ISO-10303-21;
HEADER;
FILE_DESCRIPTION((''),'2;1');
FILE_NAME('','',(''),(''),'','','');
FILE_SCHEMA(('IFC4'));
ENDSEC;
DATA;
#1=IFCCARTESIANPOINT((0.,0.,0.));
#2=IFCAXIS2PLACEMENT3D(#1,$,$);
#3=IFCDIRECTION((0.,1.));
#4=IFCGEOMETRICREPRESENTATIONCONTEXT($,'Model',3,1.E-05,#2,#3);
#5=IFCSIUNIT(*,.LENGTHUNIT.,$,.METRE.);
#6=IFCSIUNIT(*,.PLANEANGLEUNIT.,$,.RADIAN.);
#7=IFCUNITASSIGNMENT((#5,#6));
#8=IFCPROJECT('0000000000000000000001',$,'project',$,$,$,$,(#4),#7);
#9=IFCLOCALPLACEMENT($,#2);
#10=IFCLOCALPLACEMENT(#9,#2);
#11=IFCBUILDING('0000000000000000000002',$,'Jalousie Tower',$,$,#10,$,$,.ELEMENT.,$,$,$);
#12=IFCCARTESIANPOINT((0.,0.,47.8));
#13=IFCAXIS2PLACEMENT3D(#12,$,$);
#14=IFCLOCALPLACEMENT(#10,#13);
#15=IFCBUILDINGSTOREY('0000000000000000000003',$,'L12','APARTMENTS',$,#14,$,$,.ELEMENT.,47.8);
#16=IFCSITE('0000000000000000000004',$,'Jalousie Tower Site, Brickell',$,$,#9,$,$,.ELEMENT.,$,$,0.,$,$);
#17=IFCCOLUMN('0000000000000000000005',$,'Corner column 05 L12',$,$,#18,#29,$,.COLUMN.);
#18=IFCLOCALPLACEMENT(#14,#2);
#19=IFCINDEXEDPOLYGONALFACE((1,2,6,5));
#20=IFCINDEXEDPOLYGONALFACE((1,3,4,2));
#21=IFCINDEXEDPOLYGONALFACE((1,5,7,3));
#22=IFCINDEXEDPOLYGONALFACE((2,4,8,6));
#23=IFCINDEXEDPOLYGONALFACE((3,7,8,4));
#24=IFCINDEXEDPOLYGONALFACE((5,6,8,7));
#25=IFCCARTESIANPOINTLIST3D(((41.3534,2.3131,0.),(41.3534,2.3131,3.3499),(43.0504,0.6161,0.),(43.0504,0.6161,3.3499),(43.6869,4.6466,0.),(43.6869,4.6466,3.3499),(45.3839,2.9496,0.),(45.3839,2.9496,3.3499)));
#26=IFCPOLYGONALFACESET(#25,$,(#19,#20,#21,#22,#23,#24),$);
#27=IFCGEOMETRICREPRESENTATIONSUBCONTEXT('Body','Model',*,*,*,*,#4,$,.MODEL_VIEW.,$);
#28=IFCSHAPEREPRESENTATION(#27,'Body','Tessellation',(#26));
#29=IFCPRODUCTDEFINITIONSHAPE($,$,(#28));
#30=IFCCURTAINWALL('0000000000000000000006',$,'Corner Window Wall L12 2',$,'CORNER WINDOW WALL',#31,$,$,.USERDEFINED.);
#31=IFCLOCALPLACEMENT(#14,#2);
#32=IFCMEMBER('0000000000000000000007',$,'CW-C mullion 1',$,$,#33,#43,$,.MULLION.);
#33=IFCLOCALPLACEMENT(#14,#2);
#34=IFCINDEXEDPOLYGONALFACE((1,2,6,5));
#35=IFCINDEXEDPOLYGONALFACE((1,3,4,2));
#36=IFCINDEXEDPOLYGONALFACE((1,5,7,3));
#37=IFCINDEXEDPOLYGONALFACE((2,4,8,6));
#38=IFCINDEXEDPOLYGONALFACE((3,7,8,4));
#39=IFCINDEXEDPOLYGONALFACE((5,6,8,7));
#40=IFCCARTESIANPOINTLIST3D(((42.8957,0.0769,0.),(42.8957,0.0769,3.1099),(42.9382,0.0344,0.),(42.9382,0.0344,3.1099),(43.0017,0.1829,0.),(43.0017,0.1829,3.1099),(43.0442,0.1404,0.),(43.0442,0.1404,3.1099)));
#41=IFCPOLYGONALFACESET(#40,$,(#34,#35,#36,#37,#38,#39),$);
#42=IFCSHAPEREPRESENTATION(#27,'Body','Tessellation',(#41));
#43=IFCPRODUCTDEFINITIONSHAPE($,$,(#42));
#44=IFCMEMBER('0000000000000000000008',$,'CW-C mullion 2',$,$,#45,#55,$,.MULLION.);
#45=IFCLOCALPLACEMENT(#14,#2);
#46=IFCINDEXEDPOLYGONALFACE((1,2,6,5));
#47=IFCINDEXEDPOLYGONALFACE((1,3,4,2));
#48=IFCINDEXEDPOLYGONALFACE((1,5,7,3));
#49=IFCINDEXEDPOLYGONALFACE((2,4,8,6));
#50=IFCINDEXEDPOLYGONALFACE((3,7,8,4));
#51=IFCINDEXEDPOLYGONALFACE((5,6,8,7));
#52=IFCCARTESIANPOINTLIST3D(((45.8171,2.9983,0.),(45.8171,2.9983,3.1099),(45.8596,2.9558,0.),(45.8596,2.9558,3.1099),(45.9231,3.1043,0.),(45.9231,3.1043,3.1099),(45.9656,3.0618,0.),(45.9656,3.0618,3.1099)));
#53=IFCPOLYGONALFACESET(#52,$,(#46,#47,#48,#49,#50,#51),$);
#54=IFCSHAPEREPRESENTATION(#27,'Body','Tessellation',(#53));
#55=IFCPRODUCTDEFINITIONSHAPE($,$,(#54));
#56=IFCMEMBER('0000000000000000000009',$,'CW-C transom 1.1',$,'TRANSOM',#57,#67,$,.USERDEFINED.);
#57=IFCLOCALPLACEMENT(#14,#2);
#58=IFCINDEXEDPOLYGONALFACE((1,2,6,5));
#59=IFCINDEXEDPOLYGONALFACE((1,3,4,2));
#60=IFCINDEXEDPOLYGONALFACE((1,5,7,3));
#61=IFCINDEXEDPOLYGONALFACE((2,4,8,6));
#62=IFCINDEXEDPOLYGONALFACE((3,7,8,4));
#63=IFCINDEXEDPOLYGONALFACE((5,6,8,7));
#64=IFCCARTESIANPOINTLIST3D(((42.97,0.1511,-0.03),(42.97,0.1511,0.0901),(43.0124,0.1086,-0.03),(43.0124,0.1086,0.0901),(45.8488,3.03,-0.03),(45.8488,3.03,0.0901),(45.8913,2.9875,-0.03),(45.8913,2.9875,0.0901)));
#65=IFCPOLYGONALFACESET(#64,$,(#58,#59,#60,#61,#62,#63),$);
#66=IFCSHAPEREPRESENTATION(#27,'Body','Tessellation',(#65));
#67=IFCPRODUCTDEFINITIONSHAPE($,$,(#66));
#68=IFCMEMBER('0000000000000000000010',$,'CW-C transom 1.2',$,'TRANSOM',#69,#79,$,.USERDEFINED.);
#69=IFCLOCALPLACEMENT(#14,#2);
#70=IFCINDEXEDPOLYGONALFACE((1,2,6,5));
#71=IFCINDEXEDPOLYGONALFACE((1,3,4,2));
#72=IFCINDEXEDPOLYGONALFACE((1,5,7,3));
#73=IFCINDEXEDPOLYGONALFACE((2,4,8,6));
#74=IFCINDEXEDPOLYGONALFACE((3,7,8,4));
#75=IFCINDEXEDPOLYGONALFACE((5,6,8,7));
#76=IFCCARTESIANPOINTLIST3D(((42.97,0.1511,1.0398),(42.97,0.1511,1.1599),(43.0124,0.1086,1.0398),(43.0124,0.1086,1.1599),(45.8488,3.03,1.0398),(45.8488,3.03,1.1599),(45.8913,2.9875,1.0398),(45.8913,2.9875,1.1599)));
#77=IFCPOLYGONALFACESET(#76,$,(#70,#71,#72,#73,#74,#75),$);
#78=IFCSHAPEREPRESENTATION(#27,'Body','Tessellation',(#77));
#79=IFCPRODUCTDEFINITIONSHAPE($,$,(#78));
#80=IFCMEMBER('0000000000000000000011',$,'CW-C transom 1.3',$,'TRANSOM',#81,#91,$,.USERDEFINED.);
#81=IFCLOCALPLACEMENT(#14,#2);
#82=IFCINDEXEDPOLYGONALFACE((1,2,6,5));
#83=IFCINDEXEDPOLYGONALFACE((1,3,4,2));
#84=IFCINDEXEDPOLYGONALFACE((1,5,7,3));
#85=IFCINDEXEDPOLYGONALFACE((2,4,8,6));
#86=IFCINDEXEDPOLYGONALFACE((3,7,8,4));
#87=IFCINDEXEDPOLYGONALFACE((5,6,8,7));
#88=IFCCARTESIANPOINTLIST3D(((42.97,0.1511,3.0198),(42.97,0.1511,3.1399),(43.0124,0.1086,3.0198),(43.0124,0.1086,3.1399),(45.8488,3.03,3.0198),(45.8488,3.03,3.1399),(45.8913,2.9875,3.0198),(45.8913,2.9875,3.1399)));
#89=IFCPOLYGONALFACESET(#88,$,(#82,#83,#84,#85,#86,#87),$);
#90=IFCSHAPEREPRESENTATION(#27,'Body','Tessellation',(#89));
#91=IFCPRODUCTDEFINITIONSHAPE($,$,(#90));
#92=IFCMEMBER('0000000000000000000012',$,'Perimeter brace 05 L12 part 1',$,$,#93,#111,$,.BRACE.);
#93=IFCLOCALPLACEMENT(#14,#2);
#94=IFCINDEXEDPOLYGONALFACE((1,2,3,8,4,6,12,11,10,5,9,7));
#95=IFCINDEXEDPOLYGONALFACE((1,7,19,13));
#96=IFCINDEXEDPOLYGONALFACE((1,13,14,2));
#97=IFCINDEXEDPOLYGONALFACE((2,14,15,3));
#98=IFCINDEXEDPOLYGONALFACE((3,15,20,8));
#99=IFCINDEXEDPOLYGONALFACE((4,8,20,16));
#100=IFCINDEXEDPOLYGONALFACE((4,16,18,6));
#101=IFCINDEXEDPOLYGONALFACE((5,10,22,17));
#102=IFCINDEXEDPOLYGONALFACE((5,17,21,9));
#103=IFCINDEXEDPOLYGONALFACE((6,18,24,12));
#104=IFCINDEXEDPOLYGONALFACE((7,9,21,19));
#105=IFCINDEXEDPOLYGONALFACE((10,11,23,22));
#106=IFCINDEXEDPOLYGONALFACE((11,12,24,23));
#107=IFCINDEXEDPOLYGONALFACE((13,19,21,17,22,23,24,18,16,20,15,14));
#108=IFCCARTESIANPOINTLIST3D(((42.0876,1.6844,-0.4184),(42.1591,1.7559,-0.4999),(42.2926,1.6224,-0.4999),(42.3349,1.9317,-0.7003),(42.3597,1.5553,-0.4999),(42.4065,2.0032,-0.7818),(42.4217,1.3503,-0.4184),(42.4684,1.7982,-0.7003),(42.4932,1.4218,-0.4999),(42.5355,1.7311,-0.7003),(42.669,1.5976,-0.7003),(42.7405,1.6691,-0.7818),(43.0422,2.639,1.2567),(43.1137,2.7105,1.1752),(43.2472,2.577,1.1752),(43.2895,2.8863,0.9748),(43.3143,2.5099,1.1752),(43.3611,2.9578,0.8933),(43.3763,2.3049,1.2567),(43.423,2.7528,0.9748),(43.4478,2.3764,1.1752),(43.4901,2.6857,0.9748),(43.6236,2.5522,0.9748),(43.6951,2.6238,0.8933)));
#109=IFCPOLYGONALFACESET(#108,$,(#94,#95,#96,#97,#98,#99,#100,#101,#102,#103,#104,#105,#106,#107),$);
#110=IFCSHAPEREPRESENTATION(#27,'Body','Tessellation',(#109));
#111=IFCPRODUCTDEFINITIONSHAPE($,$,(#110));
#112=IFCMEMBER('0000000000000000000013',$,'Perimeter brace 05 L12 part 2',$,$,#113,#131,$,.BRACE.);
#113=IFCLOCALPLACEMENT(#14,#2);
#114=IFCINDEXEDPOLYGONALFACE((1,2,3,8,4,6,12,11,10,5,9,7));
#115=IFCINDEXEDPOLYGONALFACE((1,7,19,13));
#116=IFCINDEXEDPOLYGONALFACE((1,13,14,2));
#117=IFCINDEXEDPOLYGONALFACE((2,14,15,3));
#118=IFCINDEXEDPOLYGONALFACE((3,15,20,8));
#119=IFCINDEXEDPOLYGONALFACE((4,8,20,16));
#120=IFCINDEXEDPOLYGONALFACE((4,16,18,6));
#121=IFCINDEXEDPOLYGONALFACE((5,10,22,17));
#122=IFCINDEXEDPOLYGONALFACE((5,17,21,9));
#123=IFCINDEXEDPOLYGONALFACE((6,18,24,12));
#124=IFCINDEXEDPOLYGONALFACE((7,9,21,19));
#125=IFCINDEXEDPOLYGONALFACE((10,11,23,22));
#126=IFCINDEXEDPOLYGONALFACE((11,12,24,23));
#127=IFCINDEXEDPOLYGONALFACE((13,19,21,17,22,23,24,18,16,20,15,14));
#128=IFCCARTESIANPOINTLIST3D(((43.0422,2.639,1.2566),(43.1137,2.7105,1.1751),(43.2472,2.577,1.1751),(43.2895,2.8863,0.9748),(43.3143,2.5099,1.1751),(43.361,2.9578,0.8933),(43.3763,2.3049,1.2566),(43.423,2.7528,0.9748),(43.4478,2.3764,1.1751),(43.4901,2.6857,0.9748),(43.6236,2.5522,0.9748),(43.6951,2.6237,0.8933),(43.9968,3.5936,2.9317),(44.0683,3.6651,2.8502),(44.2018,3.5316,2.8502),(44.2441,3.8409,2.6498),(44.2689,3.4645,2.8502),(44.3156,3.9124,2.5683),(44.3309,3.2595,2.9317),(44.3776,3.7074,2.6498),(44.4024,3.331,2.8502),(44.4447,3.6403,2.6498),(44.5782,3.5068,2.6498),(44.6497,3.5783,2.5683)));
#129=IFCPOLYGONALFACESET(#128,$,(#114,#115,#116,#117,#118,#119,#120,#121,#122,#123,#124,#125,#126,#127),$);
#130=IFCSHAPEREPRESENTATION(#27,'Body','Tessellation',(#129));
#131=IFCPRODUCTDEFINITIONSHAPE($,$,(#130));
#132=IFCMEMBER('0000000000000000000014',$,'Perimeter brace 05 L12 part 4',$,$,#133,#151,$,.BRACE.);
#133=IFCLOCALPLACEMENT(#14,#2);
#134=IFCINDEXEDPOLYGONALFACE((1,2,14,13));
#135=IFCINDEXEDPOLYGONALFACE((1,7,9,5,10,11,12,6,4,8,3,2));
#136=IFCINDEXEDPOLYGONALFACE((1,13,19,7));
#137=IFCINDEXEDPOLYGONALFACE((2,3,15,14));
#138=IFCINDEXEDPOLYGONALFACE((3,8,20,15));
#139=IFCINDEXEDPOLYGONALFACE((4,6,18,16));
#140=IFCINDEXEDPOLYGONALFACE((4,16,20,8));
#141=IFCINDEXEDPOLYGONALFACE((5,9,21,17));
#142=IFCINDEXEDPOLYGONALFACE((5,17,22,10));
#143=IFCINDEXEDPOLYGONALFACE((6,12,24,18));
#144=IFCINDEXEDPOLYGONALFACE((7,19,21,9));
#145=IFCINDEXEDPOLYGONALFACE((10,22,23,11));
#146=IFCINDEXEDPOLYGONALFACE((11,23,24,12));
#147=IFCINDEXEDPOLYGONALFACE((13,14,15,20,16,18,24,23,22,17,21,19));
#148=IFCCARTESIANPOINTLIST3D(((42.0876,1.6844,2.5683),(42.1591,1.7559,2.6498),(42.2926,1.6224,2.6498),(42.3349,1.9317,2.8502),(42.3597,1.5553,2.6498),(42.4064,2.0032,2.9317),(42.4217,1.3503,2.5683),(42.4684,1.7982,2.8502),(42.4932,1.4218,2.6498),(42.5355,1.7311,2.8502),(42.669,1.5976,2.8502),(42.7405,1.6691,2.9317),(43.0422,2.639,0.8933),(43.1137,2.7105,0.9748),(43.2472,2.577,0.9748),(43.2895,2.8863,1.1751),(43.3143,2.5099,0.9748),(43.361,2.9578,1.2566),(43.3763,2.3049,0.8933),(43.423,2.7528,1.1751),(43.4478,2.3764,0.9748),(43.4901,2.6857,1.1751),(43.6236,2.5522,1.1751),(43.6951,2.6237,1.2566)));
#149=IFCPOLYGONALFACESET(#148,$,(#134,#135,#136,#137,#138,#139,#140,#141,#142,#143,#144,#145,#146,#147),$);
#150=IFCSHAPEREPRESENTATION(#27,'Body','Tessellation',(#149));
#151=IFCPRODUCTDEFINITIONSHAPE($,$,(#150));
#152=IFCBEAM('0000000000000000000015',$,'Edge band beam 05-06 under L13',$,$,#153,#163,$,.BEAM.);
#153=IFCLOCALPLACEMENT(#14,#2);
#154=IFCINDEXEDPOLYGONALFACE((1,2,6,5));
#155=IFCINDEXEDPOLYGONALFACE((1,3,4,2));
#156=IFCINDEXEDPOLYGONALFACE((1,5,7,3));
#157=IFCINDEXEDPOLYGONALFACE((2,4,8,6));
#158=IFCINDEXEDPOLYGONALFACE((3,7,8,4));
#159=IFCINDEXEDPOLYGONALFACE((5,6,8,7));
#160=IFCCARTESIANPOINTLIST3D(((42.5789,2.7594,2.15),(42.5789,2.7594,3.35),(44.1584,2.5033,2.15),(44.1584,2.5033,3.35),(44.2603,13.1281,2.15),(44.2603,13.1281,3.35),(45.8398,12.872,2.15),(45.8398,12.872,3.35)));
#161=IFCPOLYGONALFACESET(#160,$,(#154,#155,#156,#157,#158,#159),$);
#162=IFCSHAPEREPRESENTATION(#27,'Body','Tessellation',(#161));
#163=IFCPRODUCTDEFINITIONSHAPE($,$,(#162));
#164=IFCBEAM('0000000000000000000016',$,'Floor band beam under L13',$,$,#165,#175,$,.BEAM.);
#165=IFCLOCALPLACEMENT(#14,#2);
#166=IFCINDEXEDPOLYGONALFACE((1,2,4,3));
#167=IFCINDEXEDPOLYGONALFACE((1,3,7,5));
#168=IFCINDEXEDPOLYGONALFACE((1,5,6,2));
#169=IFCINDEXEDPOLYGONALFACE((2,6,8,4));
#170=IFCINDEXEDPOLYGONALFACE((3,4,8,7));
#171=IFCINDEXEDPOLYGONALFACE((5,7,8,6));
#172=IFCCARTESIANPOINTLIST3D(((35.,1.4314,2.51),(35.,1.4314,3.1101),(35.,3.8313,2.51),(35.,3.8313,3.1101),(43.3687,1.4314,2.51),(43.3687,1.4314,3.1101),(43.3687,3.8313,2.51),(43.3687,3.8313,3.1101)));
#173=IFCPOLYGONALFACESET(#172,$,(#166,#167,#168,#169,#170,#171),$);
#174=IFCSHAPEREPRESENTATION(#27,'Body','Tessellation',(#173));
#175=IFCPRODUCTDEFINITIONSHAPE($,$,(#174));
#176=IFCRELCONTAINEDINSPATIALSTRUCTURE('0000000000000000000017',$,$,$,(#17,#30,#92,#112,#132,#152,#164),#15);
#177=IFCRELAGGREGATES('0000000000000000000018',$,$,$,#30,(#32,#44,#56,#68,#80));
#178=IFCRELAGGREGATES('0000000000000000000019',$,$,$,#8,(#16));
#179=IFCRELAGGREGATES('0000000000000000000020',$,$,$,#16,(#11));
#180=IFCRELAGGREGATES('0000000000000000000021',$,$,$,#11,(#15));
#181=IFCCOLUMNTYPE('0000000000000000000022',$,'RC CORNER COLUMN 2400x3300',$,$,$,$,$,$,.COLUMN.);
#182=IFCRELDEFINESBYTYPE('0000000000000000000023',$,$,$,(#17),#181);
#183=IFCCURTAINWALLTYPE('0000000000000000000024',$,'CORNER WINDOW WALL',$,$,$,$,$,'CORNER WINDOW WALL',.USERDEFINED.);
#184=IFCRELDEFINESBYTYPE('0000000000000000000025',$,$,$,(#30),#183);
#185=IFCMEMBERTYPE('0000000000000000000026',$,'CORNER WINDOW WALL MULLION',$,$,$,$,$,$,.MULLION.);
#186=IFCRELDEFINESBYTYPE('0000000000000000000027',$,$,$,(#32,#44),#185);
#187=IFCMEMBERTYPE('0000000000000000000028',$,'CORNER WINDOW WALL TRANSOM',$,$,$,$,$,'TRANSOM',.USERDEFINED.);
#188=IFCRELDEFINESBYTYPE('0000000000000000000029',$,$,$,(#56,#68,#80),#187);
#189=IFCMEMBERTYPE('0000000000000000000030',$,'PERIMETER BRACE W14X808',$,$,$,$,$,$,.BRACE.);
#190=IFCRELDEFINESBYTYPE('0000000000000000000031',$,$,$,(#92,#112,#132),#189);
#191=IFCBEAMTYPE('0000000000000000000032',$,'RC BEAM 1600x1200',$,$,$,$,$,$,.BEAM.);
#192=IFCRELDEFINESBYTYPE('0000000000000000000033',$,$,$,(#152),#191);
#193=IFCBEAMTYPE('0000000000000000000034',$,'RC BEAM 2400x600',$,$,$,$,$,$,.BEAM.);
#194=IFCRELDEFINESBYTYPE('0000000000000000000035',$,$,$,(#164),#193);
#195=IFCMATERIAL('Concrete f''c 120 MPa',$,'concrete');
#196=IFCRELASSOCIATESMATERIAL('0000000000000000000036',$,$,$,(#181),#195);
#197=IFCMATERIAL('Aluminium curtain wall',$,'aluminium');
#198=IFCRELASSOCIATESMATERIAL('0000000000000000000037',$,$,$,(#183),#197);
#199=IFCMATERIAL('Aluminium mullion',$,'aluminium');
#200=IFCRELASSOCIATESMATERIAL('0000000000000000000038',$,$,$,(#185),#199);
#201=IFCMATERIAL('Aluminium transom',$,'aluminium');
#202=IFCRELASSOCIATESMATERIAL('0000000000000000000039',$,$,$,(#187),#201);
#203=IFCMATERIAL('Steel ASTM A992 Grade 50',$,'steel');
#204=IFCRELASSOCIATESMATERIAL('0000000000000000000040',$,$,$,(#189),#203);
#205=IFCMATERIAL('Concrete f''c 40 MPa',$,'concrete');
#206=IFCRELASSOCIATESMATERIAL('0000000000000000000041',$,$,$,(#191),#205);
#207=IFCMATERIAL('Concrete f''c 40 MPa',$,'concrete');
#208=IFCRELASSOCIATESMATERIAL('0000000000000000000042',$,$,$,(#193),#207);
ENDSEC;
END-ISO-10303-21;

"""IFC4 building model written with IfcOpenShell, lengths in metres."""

from ifc_helpers import new_model, si_unit, direction, frame, origin, origin_2d, place, context, subcontext, project, spatial, rectangle, i_section, extrude, material, material_profile, profile_set, type_object, element, aggregate, save


model = new_model("IFC4")

# Units and contexts
model_context = context("Model", 3, precision=1e-05, world=origin(), true_north=direction((0.0, 1.0)))
body_context = subcontext(model_context, "Body", "Model", "MODEL_VIEW")
ifc_project = project(units=[si_unit("LENGTHUNIT", "METRE"), si_unit("PLANEANGLEUNIT", "RADIAN")], contexts=[model_context])

# Site, building, storey
site_placement = place(None, origin())
site = spatial("IfcSite", under=ifc_project, at=site_placement, Name="Jalousie Tower Site, Brickell", CompositionType="ELEMENT", RefElevation=0.0)
building_placement = place(site_placement, origin())
building = spatial("IfcBuilding", under=site, at=building_placement, Name="Jalousie Tower", CompositionType="ELEMENT")
storey_placement = place(building_placement, frame((0.0, 0.0, 47.8)))
storey = spatial("IfcBuildingStorey", under=building, at=storey_placement, Name="L12", Description="APARTMENTS", CompositionType="ELEMENT", Elevation=47.8)

# Column
ifc_material_1 = material(Name="Concrete f'c 120 MPa", Category="concrete")
ifc_material_profile_1 = material_profile(ifc_material_1, rectangle(XDim=2.3999, YDim=3.3, at=origin_2d()), Name="RC 2400x3300")
ifc_profile_set_1 = profile_set([ifc_material_profile_1], Name="Concrete f'c 120 MPa")
column_type = type_object("IfcColumnType", Name="RC CORNER COLUMN 2400x3300", PredefinedType="COLUMN", material=ifc_profile_set_1)
column_placement = place(storey_placement, frame((43.3687, 2.6313, 0.0), z_axis=(0.0, 0.0, 1.0), x_axis=(-0.707107, 0.707107, 0.0)))
element("IfcColumn", 1, at=column_placement, inside=storey, type_object=column_type, Name="Corner column 05 L12", PredefinedType="COLUMN", context=body_context, shape_type="SweptSolid", body=[
    extrude(rectangle(XDim=2.3999, YDim=3.3, at=origin_2d()), origin(), (0.0, 0.0, 1.0), 3.3499),
])

# Curtain wall, members
ifc_material_2 = material(Name="Aluminium curtain wall", Category="aluminium")
curtain_wall_type_1 = type_object("IfcCurtainWallType", Name="CORNER WINDOW WALL", ElementType="CORNER WINDOW WALL", PredefinedType="USERDEFINED", material=ifc_material_2)
curtain_wall_1_placement = place(storey_placement, origin())
curtain_wall_1 = element("IfcCurtainWall", 2, at=curtain_wall_1_placement, inside=storey, type_object=curtain_wall_type_1, Name="Corner Window Wall L12 2", ObjectType="CORNER WINDOW WALL", PredefinedType="USERDEFINED")
ifc_material_3 = material(Name="Aluminium mullion", Category="aluminium")
ifc_material_profile_2 = material_profile(ifc_material_3, rectangle(XDim=0.0601, YDim=0.1499, at=origin_2d()), Name="MULLION 60x150")
ifc_profile_set_2 = profile_set([ifc_material_profile_2], Name="Aluminium mullion")
member_type_1 = type_object("IfcMemberType", Name="CORNER WINDOW WALL MULLION", PredefinedType="MULLION", material=ifc_profile_set_2)
member_1_placement = place(storey_placement, frame((42.97, 0.1086, 0.0), z_axis=(0.0, 0.0, 1.0), x_axis=(-0.707107, 0.707107, 0.0)))
member_1 = element("IfcMember", 3, at=member_1_placement, type_object=member_type_1, Name="CW-C mullion 1", PredefinedType="MULLION", context=body_context, shape_type="SweptSolid", body=[
    extrude(rectangle(XDim=0.0601, YDim=0.1499, at=origin_2d()), origin(), (0.0, 0.0, 1.0), 3.1099),
])
member_2_placement = place(storey_placement, frame((45.8914, 3.03, 0.0), z_axis=(0.0, 0.0, 1.0), x_axis=(-0.707107, 0.707107, 0.0)))
member_2 = element("IfcMember", 4, at=member_2_placement, type_object=member_type_1, Name="CW-C mullion 2", PredefinedType="MULLION", context=body_context, shape_type="SweptSolid", body=[
    extrude(rectangle(XDim=0.0601, YDim=0.1499, at=origin_2d()), origin(), (0.0, 0.0, 1.0), 3.1099),
])
ifc_material_4 = material(Name="Aluminium transom", Category="aluminium")
ifc_material_profile_3 = material_profile(ifc_material_4, rectangle(XDim=0.0601, YDim=0.1201, at=origin_2d()), Name="TRANSOM 60x120")
ifc_profile_set_3 = profile_set([ifc_material_profile_3], Name="Aluminium transom")
member_type_2 = type_object("IfcMemberType", Name="CORNER WINDOW WALL TRANSOM", ElementType="TRANSOM", PredefinedType="USERDEFINED", material=ifc_profile_set_3)
member_3_placement = place(storey_placement, frame((42.9912, 0.1299, 0.03), z_axis=(0.707107, 0.707107, 0.0), x_axis=(-0.707107, 0.707107, 0.0)))
member_3 = element("IfcMember", 5, at=member_3_placement, type_object=member_type_2, Name="CW-C transom 1.1", ObjectType="TRANSOM", PredefinedType="USERDEFINED", context=body_context, shape_type="SweptSolid", body=[
    extrude(rectangle(XDim=0.0601, YDim=0.1201, at=origin_2d()), origin(), (0.0, 0.0, 1.0), 4.0713),
])
member_4_placement = place(storey_placement, frame((42.9912, 0.1299, 1.0999), z_axis=(0.707107, 0.707107, 0.0), x_axis=(-0.707107, 0.707107, 0.0)))
member_4 = element("IfcMember", 6, at=member_4_placement, type_object=member_type_2, Name="CW-C transom 1.2", ObjectType="TRANSOM", PredefinedType="USERDEFINED", context=body_context, shape_type="SweptSolid", body=[
    extrude(rectangle(XDim=0.0601, YDim=0.1201, at=origin_2d()), origin(), (0.0, 0.0, 1.0), 4.0713),
])
member_5_placement = place(storey_placement, frame((42.9912, 0.1299, 3.0798), z_axis=(0.707107, 0.707107, 0.0), x_axis=(-0.707107, 0.707107, 0.0)))
member_5 = element("IfcMember", 7, at=member_5_placement, type_object=member_type_2, Name="CW-C transom 1.3", ObjectType="TRANSOM", PredefinedType="USERDEFINED", context=body_context, shape_type="SweptSolid", body=[
    extrude(rectangle(XDim=0.0601, YDim=0.1201, at=origin_2d()), origin(), (0.0, 0.0, 1.0), 4.0713),
])

# Members
ifc_material_5 = material(Name="Steel ASTM A992 Grade 50", Category="steel")
ifc_material_profile_4 = material_profile(ifc_material_5, i_section(OverallWidth=0.4724, OverallDepth=0.5791, WebThickness=0.095, FlangeThickness=0.1299, at=origin_2d()), Name="W14X808")
ifc_profile_set_4 = profile_set([ifc_material_profile_4], Name="Steel ASTM A992 Grade 50")
member_type_3 = type_object("IfcMemberType", Name="PERIMETER BRACE W14X808", PredefinedType="BRACE", material=ifc_profile_set_4)
for number, where, z_axis, x_axis, name in (
    (8, (42.4141, 1.6768, -0.6001), (0.443718, 0.443718, 0.778607), (-0.707107, 0.707107, 0.0), "Perimeter brace 05 L12 part 1"),
    (9, (43.3687, 2.6313, 1.075), (0.443718, 0.443718, 0.778607), (-0.707107, 0.707107, 0.0), "Perimeter brace 05 L12 part 2"),
    (10, (43.3687, 2.6313, 1.075), (-0.443718, -0.443718, 0.778607), (0.707107, -0.707107, 0.0), "Perimeter brace 05 L12 part 4"),
):
    element("IfcMember", number, at=place(storey_placement, frame(where, z_axis=z_axis, x_axis=x_axis)), inside=storey, type_object=member_type_3, Name=name, PredefinedType="BRACE", context=body_context, shape_type="SweptSolid", body=[
        extrude(i_section(OverallWidth=0.4724, OverallDepth=0.5791, WebThickness=0.095, FlangeThickness=0.1299, at=origin_2d()), origin(), (0.0, 0.0, 1.0), 2.1514),
    ])

# Beams
ifc_material_6 = material(Name="Concrete f'c 40 MPa", Category="concrete")
ifc_material_profile_5 = material_profile(ifc_material_6, rectangle(XDim=1.6001, YDim=1.2, at=origin_2d()), Name="RC 1600x1200")
ifc_profile_set_5 = profile_set([ifc_material_profile_5], Name="Concrete f'c 40 MPa")
beam_type_1 = type_object("IfcBeamType", Name="RC BEAM 1600x1200", PredefinedType="BEAM", material=ifc_profile_set_5)
beam_1_placement = place(storey_placement, frame((43.3687, 2.6313, 2.75), z_axis=(0.160071, 0.987106, 0.0), x_axis=(-0.987106, 0.160071, 0.0)))
element("IfcBeam", 11, at=beam_1_placement, inside=storey, type_object=beam_type_1, Name="Edge band beam 05-06 under L13", PredefinedType="BEAM", context=body_context, shape_type="SweptSolid", body=[
    extrude(rectangle(XDim=1.6001, YDim=1.2, at=origin_2d()), origin(), (0.0, 0.0, 1.0), 10.5042),
])
ifc_material_7 = material(Name="Concrete f'c 40 MPa", Category="concrete")
ifc_material_profile_6 = material_profile(ifc_material_7, rectangle(XDim=2.3999, YDim=0.6001, at=origin_2d()), Name="RC 2400x600")
ifc_profile_set_6 = profile_set([ifc_material_profile_6], Name="Concrete f'c 40 MPa")
beam_type_2 = type_object("IfcBeamType", Name="RC BEAM 2400x600", PredefinedType="BEAM", material=ifc_profile_set_6)
beam_2_placement = place(storey_placement, frame((43.3687, 2.6313, 2.8101), z_axis=(-1.0, 0.0, 0.0), x_axis=(0.0, -1.0, 0.0)))
element("IfcBeam", 12, at=beam_2_placement, inside=storey, type_object=beam_type_2, Name="Floor band beam under L13", PredefinedType="BEAM", context=body_context, shape_type="SweptSolid", body=[
    extrude(rectangle(XDim=2.3999, YDim=0.6001, at=origin_2d()), origin(), (0.0, 0.0, 1.0), 8.3687),
])

aggregate(curtain_wall_1, [member_1, member_2, member_3, member_4, member_5])

save(model, "model.ifc")
